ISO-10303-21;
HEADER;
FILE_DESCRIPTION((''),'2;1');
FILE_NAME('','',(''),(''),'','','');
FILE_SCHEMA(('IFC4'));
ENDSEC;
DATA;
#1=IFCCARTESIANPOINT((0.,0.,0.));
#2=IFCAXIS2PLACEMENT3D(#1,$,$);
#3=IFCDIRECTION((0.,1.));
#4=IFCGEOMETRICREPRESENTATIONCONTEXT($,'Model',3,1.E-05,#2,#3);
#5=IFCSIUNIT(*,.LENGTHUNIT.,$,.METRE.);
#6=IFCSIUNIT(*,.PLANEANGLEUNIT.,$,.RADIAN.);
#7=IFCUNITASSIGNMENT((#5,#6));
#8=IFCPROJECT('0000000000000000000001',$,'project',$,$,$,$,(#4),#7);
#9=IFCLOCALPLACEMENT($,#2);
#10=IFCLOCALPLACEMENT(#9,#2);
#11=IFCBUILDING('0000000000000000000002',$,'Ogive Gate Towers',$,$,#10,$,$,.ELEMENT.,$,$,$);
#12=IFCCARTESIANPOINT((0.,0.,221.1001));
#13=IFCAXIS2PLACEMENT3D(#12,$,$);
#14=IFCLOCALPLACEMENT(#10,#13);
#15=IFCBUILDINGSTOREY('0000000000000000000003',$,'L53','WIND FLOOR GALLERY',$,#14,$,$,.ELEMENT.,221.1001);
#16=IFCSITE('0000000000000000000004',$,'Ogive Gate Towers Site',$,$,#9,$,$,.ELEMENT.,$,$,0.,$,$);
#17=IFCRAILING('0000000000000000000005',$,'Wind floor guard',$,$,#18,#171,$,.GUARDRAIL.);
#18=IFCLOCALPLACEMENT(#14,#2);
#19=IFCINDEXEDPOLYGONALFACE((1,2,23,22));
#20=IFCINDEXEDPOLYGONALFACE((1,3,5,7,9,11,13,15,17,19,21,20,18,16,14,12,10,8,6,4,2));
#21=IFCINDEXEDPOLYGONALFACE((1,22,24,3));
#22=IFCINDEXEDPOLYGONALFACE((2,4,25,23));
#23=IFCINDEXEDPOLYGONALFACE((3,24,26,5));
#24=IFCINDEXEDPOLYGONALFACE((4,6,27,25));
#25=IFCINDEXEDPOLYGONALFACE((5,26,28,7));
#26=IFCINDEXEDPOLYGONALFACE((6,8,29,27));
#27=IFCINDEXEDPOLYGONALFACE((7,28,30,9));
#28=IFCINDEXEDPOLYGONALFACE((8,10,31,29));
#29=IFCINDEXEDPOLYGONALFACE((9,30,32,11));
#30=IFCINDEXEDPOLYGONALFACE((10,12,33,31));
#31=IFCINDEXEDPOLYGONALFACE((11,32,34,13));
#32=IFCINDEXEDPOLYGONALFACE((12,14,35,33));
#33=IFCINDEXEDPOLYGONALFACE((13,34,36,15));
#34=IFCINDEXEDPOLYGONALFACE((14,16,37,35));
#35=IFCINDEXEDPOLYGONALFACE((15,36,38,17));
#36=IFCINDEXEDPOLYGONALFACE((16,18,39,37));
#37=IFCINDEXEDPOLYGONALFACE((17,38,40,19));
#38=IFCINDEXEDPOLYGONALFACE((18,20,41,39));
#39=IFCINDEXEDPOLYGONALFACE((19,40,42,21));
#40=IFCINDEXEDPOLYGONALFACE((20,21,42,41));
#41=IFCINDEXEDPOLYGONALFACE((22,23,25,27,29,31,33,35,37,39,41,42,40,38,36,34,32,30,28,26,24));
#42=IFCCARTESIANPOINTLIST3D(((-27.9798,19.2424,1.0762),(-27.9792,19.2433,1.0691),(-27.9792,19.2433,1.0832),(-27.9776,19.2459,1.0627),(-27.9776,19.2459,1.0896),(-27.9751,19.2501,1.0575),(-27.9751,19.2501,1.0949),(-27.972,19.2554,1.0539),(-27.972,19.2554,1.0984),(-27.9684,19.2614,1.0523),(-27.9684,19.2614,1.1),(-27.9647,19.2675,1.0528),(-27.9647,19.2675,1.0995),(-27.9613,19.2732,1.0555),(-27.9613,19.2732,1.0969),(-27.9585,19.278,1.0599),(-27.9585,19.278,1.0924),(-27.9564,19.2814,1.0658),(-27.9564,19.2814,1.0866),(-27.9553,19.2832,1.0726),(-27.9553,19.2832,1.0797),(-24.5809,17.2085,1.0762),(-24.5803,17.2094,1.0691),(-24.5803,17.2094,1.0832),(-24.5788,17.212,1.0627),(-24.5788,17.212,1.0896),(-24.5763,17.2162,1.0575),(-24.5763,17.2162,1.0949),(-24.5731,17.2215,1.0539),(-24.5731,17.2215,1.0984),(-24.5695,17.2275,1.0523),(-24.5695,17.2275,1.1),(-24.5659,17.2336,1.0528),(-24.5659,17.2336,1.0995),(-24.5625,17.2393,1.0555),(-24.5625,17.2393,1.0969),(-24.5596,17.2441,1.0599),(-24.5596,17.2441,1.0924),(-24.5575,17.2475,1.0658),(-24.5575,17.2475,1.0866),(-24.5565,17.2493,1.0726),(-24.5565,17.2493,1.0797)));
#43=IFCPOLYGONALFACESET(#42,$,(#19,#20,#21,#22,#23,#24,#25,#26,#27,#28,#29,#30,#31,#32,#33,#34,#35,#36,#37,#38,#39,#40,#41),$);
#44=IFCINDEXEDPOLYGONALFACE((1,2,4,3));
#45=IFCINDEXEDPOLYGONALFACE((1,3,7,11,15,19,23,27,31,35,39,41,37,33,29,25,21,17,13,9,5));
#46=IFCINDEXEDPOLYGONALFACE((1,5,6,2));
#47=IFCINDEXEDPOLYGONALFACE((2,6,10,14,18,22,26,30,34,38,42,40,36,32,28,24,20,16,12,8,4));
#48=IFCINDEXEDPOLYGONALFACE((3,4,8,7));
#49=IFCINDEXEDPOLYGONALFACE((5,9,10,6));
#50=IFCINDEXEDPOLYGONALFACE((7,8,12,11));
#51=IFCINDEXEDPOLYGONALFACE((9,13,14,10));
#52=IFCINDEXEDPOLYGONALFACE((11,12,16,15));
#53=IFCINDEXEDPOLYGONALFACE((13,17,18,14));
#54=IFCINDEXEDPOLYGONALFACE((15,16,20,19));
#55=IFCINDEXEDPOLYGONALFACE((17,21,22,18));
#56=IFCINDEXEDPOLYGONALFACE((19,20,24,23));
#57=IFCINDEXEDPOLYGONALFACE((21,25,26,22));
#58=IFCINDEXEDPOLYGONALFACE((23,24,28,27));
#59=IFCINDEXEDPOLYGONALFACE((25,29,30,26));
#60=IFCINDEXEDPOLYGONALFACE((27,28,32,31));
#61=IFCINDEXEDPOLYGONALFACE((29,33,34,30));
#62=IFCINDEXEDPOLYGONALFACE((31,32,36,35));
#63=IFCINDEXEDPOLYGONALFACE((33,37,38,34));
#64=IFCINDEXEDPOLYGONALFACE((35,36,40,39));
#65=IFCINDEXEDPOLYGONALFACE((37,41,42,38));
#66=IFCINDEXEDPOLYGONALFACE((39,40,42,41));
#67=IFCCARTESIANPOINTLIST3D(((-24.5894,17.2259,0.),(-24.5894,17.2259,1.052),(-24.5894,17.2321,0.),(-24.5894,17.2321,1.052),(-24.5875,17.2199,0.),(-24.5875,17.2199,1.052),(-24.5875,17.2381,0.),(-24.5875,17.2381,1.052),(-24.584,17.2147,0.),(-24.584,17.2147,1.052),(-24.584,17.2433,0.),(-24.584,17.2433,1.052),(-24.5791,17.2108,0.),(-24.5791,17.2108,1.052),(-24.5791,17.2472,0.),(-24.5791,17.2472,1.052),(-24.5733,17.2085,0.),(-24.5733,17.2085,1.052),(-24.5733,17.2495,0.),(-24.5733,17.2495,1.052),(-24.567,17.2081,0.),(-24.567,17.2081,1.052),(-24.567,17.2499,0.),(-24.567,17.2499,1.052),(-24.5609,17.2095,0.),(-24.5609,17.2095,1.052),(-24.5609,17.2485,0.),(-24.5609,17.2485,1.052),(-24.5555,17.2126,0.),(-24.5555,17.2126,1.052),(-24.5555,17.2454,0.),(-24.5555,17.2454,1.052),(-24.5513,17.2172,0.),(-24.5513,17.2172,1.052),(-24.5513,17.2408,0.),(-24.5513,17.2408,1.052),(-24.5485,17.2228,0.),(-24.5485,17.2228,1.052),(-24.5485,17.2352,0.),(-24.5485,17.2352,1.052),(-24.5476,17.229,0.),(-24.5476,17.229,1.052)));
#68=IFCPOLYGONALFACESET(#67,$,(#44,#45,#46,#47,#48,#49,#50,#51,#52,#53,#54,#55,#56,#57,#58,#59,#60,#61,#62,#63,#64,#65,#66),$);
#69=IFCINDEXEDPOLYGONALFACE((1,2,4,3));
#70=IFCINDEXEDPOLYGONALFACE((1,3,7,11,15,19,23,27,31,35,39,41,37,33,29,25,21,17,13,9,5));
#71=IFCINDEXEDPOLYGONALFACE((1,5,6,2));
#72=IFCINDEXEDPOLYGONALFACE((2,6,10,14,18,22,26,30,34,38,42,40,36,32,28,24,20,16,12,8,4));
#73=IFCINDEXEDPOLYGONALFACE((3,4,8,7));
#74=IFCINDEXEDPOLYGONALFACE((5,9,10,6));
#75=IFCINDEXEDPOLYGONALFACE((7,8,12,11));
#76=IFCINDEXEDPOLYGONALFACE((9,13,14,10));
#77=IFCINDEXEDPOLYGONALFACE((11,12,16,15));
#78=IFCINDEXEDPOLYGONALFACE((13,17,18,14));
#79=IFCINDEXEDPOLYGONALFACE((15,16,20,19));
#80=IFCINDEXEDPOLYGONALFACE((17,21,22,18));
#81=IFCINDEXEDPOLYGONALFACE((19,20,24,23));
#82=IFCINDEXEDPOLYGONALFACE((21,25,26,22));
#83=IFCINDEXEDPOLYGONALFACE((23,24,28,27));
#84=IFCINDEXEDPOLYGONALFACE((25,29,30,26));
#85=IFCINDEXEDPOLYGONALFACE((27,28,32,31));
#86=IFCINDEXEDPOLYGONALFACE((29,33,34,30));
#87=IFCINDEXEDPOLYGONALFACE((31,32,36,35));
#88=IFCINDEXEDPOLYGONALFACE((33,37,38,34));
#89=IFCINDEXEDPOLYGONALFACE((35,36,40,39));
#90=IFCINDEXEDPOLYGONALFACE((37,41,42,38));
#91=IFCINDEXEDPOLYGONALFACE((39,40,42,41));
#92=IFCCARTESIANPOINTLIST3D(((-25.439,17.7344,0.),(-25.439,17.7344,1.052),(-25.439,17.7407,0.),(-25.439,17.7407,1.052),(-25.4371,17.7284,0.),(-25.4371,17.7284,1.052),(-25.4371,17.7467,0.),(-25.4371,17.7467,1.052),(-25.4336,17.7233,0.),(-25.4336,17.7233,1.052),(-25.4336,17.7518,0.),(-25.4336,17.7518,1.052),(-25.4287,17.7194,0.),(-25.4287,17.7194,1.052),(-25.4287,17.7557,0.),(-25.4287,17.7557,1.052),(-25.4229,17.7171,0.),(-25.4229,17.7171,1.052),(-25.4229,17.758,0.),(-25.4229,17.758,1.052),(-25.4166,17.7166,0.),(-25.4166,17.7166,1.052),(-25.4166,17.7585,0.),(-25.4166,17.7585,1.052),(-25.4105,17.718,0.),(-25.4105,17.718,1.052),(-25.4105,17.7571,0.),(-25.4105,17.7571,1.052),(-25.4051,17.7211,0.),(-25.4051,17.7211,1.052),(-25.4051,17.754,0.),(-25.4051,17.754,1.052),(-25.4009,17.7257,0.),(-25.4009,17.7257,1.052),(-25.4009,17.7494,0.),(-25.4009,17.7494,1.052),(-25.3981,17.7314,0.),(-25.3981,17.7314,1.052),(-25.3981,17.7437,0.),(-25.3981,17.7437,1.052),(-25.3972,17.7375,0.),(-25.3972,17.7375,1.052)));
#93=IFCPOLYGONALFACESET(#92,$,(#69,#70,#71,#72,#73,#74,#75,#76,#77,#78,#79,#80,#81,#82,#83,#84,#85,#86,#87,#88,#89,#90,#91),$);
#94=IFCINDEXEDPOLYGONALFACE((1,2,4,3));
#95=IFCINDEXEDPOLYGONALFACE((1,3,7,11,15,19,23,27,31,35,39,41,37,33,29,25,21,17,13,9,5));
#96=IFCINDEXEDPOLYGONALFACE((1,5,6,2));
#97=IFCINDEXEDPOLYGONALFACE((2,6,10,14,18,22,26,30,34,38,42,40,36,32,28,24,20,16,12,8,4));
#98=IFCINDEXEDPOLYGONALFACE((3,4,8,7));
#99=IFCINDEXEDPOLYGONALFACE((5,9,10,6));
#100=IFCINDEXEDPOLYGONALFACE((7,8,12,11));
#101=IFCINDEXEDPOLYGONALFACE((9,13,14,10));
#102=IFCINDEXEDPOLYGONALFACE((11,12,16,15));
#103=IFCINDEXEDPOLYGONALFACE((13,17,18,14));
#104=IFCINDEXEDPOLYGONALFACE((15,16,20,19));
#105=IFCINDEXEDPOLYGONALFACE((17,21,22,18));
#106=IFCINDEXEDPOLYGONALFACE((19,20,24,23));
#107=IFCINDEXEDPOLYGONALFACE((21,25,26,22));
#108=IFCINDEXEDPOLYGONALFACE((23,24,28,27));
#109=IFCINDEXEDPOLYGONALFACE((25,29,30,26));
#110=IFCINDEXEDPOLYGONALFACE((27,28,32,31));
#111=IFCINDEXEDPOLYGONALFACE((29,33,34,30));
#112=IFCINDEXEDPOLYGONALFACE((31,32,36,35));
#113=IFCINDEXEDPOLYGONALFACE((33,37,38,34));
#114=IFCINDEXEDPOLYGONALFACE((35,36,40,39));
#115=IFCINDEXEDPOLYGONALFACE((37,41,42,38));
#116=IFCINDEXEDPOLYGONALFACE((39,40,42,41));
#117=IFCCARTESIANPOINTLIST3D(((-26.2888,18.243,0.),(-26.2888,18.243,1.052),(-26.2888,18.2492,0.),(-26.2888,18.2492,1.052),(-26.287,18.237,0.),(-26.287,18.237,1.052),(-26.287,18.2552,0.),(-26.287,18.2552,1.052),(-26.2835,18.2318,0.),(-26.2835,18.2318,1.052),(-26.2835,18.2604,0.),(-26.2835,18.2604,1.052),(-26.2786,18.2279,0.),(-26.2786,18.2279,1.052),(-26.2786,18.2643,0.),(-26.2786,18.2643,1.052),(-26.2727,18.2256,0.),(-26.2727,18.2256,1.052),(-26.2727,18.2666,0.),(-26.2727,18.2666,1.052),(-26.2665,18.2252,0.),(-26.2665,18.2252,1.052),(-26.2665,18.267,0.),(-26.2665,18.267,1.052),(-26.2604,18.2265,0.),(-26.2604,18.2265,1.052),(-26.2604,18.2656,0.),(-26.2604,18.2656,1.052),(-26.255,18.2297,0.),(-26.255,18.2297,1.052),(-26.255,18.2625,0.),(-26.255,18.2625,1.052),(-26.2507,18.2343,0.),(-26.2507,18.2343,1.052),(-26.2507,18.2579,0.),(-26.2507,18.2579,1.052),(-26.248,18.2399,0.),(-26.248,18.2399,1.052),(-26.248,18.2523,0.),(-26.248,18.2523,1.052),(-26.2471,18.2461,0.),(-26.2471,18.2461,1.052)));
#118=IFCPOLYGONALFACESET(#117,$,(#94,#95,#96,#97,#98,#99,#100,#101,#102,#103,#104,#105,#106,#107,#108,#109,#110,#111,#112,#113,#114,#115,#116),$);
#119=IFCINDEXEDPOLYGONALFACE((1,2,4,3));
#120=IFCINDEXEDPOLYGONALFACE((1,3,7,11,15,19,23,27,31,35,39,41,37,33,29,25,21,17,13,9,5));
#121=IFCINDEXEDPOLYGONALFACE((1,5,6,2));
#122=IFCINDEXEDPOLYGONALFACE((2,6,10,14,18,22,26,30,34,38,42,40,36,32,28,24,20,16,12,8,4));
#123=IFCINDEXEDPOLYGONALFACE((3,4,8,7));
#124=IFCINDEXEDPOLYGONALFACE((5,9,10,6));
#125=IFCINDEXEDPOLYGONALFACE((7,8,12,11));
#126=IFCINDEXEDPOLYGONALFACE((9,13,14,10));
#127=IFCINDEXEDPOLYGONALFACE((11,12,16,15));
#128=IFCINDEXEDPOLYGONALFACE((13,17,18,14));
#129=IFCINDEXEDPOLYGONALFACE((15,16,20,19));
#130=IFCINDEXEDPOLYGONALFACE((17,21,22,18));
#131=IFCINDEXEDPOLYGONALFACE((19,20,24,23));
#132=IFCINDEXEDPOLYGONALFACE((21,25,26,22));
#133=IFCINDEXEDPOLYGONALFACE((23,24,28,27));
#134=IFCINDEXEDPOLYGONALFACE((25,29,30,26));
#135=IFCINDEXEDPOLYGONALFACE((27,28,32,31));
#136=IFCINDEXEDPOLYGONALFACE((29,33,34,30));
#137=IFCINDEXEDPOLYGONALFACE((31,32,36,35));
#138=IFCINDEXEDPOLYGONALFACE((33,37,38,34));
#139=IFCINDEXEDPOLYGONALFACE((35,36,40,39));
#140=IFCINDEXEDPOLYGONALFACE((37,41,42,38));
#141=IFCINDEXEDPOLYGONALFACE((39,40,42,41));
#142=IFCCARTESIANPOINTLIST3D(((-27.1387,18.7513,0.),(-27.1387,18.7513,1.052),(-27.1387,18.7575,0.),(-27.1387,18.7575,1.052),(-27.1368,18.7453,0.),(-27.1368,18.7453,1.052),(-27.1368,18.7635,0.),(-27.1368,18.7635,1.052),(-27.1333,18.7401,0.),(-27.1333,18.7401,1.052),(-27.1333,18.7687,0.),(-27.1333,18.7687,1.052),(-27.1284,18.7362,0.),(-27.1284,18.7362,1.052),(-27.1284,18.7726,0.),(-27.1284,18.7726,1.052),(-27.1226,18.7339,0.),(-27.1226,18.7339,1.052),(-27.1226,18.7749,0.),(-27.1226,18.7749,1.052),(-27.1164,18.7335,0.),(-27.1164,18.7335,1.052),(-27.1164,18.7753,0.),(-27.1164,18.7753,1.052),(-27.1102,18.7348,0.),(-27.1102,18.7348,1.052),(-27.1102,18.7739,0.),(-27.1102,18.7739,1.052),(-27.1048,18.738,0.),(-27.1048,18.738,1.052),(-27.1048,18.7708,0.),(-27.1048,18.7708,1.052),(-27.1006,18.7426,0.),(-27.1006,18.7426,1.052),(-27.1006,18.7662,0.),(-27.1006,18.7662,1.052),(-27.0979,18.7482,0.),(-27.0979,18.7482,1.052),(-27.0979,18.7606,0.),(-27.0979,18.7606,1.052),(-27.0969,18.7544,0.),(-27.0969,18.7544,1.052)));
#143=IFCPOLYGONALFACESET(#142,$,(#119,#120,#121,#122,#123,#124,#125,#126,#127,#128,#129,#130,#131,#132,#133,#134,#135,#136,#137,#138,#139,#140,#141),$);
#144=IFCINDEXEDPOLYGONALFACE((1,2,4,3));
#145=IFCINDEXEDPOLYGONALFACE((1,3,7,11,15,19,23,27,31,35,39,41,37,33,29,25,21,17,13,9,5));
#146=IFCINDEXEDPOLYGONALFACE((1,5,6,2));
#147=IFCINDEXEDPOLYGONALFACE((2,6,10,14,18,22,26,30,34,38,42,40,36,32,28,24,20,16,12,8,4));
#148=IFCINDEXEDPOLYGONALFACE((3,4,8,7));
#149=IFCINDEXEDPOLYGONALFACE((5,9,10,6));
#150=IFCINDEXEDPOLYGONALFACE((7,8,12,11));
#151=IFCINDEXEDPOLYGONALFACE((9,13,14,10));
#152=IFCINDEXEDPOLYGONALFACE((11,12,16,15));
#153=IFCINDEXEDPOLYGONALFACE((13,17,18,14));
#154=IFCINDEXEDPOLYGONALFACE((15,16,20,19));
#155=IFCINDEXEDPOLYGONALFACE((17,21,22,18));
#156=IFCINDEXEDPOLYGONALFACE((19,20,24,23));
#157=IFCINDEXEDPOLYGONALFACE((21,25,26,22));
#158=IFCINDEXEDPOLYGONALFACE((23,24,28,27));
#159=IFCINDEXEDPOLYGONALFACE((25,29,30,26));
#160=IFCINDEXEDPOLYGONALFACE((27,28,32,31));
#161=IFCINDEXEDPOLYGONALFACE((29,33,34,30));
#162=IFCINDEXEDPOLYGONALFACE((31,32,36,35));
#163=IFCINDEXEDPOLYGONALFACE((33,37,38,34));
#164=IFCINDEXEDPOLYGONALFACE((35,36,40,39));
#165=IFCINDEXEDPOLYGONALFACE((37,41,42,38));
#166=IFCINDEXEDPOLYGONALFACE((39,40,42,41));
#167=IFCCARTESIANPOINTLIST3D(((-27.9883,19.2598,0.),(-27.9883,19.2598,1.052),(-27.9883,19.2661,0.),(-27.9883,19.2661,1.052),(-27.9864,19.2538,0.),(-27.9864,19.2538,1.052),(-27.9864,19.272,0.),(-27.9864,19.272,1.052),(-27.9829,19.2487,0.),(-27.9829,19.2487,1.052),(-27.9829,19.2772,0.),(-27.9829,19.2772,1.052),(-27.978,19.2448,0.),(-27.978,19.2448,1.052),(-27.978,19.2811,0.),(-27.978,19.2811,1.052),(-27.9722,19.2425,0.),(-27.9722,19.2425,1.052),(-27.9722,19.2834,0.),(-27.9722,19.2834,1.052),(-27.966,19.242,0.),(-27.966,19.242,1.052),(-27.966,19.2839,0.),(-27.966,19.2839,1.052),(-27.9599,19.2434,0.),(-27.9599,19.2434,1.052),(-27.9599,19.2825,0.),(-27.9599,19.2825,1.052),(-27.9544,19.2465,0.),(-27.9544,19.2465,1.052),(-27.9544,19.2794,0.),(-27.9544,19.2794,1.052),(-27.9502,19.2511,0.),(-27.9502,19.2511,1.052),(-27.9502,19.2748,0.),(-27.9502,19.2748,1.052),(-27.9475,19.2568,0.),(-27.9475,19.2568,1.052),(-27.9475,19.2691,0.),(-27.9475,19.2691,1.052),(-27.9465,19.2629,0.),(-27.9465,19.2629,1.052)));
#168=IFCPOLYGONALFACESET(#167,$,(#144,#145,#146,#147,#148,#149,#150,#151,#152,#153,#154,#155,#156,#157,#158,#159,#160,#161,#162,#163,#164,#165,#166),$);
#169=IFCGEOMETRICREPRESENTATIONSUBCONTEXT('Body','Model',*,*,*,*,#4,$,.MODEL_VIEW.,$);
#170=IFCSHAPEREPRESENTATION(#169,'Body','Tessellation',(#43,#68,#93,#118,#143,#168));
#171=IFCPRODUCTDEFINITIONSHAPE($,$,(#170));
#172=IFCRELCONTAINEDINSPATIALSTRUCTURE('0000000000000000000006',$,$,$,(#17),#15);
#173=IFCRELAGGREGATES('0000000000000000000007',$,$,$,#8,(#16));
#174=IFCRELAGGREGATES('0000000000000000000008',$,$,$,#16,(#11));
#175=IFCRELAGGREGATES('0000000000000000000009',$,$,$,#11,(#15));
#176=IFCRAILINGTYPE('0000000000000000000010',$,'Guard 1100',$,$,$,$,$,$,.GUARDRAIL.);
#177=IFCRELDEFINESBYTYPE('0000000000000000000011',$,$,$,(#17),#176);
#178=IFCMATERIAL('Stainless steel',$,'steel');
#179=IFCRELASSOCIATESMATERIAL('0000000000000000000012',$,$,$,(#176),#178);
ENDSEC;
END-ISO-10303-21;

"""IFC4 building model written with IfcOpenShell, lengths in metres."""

from ifc_helpers import new_model, si_unit, direction, frame, origin, origin_2d, place, context, subcontext, project, spatial, circle, extrude, material, type_object, element, save


model = new_model("IFC4")

# Units and contexts
model_context = context("Model", 3, precision=1e-05, world=origin(), true_north=direction((0.0, 1.0)))
body_context = subcontext(model_context, "Body", "Model", "MODEL_VIEW")
ifc_project = project(units=[si_unit("LENGTHUNIT", "METRE"), si_unit("PLANEANGLEUNIT", "RADIAN")], contexts=[model_context])

# Site, building, storey
site_placement = place(None, origin())
site = spatial("IfcSite", under=ifc_project, at=site_placement, Name="Ogive Gate Towers Site", CompositionType="ELEMENT", RefElevation=0.0)
building_placement = place(site_placement, origin())
building = spatial("IfcBuilding", under=site, at=building_placement, Name="Ogive Gate Towers", CompositionType="ELEMENT")
storey_placement = place(building_placement, frame((0.0, 0.0, 221.1001)))
storey = spatial("IfcBuildingStorey", under=building, at=storey_placement, Name="L53", Description="WIND FLOOR GALLERY", CompositionType="ELEMENT", Elevation=221.1001)

# Railing
ifc_material_1 = material(Name="Stainless steel", Category="steel")
railing_type = type_object("IfcRailingType", Name="Guard 1100", PredefinedType="GUARDRAIL", material=ifc_material_1)
railing_1_placement = place(storey_placement, frame((-24.5686, 17.229, 0.0)))
element("IfcRailing", 1, at=railing_1_placement, inside=storey, type_object=railing_type, Name="Wind floor guard", PredefinedType="GUARDRAIL", context=body_context, shape_type="SweptSolid", body=[
    extrude(circle(Radius=0.0239, at=origin_2d()), frame((0.0, 0.0, 1.0762), z_axis=(-0.858096, 0.513489, 0.0), x_axis=(-0.513489, -0.858096, 0.0)), (0.0, 0.0, 1.0), 3.9609),
    extrude(circle(Radius=0.021, at=origin_2d()), origin(), (0.0, 0.0, 1.0), 1.052),
    extrude(circle(Radius=0.021, at=origin_2d()), frame((-0.8496, 0.5085, 0.0)), (0.0, 0.0, 1.0), 1.052),
    extrude(circle(Radius=0.021, at=origin_2d()), frame((-1.6995, 1.0171, 0.0)), (0.0, 0.0, 1.0), 1.052),
    extrude(circle(Radius=0.021, at=origin_2d()), frame((-2.5493, 1.5254, 0.0)), (0.0, 0.0, 1.0), 1.052),
    extrude(circle(Radius=0.021, at=origin_2d()), frame((-3.3989, 2.0339, 0.0)), (0.0, 0.0, 1.0), 1.052),
])

save(model, "model.ifc")
